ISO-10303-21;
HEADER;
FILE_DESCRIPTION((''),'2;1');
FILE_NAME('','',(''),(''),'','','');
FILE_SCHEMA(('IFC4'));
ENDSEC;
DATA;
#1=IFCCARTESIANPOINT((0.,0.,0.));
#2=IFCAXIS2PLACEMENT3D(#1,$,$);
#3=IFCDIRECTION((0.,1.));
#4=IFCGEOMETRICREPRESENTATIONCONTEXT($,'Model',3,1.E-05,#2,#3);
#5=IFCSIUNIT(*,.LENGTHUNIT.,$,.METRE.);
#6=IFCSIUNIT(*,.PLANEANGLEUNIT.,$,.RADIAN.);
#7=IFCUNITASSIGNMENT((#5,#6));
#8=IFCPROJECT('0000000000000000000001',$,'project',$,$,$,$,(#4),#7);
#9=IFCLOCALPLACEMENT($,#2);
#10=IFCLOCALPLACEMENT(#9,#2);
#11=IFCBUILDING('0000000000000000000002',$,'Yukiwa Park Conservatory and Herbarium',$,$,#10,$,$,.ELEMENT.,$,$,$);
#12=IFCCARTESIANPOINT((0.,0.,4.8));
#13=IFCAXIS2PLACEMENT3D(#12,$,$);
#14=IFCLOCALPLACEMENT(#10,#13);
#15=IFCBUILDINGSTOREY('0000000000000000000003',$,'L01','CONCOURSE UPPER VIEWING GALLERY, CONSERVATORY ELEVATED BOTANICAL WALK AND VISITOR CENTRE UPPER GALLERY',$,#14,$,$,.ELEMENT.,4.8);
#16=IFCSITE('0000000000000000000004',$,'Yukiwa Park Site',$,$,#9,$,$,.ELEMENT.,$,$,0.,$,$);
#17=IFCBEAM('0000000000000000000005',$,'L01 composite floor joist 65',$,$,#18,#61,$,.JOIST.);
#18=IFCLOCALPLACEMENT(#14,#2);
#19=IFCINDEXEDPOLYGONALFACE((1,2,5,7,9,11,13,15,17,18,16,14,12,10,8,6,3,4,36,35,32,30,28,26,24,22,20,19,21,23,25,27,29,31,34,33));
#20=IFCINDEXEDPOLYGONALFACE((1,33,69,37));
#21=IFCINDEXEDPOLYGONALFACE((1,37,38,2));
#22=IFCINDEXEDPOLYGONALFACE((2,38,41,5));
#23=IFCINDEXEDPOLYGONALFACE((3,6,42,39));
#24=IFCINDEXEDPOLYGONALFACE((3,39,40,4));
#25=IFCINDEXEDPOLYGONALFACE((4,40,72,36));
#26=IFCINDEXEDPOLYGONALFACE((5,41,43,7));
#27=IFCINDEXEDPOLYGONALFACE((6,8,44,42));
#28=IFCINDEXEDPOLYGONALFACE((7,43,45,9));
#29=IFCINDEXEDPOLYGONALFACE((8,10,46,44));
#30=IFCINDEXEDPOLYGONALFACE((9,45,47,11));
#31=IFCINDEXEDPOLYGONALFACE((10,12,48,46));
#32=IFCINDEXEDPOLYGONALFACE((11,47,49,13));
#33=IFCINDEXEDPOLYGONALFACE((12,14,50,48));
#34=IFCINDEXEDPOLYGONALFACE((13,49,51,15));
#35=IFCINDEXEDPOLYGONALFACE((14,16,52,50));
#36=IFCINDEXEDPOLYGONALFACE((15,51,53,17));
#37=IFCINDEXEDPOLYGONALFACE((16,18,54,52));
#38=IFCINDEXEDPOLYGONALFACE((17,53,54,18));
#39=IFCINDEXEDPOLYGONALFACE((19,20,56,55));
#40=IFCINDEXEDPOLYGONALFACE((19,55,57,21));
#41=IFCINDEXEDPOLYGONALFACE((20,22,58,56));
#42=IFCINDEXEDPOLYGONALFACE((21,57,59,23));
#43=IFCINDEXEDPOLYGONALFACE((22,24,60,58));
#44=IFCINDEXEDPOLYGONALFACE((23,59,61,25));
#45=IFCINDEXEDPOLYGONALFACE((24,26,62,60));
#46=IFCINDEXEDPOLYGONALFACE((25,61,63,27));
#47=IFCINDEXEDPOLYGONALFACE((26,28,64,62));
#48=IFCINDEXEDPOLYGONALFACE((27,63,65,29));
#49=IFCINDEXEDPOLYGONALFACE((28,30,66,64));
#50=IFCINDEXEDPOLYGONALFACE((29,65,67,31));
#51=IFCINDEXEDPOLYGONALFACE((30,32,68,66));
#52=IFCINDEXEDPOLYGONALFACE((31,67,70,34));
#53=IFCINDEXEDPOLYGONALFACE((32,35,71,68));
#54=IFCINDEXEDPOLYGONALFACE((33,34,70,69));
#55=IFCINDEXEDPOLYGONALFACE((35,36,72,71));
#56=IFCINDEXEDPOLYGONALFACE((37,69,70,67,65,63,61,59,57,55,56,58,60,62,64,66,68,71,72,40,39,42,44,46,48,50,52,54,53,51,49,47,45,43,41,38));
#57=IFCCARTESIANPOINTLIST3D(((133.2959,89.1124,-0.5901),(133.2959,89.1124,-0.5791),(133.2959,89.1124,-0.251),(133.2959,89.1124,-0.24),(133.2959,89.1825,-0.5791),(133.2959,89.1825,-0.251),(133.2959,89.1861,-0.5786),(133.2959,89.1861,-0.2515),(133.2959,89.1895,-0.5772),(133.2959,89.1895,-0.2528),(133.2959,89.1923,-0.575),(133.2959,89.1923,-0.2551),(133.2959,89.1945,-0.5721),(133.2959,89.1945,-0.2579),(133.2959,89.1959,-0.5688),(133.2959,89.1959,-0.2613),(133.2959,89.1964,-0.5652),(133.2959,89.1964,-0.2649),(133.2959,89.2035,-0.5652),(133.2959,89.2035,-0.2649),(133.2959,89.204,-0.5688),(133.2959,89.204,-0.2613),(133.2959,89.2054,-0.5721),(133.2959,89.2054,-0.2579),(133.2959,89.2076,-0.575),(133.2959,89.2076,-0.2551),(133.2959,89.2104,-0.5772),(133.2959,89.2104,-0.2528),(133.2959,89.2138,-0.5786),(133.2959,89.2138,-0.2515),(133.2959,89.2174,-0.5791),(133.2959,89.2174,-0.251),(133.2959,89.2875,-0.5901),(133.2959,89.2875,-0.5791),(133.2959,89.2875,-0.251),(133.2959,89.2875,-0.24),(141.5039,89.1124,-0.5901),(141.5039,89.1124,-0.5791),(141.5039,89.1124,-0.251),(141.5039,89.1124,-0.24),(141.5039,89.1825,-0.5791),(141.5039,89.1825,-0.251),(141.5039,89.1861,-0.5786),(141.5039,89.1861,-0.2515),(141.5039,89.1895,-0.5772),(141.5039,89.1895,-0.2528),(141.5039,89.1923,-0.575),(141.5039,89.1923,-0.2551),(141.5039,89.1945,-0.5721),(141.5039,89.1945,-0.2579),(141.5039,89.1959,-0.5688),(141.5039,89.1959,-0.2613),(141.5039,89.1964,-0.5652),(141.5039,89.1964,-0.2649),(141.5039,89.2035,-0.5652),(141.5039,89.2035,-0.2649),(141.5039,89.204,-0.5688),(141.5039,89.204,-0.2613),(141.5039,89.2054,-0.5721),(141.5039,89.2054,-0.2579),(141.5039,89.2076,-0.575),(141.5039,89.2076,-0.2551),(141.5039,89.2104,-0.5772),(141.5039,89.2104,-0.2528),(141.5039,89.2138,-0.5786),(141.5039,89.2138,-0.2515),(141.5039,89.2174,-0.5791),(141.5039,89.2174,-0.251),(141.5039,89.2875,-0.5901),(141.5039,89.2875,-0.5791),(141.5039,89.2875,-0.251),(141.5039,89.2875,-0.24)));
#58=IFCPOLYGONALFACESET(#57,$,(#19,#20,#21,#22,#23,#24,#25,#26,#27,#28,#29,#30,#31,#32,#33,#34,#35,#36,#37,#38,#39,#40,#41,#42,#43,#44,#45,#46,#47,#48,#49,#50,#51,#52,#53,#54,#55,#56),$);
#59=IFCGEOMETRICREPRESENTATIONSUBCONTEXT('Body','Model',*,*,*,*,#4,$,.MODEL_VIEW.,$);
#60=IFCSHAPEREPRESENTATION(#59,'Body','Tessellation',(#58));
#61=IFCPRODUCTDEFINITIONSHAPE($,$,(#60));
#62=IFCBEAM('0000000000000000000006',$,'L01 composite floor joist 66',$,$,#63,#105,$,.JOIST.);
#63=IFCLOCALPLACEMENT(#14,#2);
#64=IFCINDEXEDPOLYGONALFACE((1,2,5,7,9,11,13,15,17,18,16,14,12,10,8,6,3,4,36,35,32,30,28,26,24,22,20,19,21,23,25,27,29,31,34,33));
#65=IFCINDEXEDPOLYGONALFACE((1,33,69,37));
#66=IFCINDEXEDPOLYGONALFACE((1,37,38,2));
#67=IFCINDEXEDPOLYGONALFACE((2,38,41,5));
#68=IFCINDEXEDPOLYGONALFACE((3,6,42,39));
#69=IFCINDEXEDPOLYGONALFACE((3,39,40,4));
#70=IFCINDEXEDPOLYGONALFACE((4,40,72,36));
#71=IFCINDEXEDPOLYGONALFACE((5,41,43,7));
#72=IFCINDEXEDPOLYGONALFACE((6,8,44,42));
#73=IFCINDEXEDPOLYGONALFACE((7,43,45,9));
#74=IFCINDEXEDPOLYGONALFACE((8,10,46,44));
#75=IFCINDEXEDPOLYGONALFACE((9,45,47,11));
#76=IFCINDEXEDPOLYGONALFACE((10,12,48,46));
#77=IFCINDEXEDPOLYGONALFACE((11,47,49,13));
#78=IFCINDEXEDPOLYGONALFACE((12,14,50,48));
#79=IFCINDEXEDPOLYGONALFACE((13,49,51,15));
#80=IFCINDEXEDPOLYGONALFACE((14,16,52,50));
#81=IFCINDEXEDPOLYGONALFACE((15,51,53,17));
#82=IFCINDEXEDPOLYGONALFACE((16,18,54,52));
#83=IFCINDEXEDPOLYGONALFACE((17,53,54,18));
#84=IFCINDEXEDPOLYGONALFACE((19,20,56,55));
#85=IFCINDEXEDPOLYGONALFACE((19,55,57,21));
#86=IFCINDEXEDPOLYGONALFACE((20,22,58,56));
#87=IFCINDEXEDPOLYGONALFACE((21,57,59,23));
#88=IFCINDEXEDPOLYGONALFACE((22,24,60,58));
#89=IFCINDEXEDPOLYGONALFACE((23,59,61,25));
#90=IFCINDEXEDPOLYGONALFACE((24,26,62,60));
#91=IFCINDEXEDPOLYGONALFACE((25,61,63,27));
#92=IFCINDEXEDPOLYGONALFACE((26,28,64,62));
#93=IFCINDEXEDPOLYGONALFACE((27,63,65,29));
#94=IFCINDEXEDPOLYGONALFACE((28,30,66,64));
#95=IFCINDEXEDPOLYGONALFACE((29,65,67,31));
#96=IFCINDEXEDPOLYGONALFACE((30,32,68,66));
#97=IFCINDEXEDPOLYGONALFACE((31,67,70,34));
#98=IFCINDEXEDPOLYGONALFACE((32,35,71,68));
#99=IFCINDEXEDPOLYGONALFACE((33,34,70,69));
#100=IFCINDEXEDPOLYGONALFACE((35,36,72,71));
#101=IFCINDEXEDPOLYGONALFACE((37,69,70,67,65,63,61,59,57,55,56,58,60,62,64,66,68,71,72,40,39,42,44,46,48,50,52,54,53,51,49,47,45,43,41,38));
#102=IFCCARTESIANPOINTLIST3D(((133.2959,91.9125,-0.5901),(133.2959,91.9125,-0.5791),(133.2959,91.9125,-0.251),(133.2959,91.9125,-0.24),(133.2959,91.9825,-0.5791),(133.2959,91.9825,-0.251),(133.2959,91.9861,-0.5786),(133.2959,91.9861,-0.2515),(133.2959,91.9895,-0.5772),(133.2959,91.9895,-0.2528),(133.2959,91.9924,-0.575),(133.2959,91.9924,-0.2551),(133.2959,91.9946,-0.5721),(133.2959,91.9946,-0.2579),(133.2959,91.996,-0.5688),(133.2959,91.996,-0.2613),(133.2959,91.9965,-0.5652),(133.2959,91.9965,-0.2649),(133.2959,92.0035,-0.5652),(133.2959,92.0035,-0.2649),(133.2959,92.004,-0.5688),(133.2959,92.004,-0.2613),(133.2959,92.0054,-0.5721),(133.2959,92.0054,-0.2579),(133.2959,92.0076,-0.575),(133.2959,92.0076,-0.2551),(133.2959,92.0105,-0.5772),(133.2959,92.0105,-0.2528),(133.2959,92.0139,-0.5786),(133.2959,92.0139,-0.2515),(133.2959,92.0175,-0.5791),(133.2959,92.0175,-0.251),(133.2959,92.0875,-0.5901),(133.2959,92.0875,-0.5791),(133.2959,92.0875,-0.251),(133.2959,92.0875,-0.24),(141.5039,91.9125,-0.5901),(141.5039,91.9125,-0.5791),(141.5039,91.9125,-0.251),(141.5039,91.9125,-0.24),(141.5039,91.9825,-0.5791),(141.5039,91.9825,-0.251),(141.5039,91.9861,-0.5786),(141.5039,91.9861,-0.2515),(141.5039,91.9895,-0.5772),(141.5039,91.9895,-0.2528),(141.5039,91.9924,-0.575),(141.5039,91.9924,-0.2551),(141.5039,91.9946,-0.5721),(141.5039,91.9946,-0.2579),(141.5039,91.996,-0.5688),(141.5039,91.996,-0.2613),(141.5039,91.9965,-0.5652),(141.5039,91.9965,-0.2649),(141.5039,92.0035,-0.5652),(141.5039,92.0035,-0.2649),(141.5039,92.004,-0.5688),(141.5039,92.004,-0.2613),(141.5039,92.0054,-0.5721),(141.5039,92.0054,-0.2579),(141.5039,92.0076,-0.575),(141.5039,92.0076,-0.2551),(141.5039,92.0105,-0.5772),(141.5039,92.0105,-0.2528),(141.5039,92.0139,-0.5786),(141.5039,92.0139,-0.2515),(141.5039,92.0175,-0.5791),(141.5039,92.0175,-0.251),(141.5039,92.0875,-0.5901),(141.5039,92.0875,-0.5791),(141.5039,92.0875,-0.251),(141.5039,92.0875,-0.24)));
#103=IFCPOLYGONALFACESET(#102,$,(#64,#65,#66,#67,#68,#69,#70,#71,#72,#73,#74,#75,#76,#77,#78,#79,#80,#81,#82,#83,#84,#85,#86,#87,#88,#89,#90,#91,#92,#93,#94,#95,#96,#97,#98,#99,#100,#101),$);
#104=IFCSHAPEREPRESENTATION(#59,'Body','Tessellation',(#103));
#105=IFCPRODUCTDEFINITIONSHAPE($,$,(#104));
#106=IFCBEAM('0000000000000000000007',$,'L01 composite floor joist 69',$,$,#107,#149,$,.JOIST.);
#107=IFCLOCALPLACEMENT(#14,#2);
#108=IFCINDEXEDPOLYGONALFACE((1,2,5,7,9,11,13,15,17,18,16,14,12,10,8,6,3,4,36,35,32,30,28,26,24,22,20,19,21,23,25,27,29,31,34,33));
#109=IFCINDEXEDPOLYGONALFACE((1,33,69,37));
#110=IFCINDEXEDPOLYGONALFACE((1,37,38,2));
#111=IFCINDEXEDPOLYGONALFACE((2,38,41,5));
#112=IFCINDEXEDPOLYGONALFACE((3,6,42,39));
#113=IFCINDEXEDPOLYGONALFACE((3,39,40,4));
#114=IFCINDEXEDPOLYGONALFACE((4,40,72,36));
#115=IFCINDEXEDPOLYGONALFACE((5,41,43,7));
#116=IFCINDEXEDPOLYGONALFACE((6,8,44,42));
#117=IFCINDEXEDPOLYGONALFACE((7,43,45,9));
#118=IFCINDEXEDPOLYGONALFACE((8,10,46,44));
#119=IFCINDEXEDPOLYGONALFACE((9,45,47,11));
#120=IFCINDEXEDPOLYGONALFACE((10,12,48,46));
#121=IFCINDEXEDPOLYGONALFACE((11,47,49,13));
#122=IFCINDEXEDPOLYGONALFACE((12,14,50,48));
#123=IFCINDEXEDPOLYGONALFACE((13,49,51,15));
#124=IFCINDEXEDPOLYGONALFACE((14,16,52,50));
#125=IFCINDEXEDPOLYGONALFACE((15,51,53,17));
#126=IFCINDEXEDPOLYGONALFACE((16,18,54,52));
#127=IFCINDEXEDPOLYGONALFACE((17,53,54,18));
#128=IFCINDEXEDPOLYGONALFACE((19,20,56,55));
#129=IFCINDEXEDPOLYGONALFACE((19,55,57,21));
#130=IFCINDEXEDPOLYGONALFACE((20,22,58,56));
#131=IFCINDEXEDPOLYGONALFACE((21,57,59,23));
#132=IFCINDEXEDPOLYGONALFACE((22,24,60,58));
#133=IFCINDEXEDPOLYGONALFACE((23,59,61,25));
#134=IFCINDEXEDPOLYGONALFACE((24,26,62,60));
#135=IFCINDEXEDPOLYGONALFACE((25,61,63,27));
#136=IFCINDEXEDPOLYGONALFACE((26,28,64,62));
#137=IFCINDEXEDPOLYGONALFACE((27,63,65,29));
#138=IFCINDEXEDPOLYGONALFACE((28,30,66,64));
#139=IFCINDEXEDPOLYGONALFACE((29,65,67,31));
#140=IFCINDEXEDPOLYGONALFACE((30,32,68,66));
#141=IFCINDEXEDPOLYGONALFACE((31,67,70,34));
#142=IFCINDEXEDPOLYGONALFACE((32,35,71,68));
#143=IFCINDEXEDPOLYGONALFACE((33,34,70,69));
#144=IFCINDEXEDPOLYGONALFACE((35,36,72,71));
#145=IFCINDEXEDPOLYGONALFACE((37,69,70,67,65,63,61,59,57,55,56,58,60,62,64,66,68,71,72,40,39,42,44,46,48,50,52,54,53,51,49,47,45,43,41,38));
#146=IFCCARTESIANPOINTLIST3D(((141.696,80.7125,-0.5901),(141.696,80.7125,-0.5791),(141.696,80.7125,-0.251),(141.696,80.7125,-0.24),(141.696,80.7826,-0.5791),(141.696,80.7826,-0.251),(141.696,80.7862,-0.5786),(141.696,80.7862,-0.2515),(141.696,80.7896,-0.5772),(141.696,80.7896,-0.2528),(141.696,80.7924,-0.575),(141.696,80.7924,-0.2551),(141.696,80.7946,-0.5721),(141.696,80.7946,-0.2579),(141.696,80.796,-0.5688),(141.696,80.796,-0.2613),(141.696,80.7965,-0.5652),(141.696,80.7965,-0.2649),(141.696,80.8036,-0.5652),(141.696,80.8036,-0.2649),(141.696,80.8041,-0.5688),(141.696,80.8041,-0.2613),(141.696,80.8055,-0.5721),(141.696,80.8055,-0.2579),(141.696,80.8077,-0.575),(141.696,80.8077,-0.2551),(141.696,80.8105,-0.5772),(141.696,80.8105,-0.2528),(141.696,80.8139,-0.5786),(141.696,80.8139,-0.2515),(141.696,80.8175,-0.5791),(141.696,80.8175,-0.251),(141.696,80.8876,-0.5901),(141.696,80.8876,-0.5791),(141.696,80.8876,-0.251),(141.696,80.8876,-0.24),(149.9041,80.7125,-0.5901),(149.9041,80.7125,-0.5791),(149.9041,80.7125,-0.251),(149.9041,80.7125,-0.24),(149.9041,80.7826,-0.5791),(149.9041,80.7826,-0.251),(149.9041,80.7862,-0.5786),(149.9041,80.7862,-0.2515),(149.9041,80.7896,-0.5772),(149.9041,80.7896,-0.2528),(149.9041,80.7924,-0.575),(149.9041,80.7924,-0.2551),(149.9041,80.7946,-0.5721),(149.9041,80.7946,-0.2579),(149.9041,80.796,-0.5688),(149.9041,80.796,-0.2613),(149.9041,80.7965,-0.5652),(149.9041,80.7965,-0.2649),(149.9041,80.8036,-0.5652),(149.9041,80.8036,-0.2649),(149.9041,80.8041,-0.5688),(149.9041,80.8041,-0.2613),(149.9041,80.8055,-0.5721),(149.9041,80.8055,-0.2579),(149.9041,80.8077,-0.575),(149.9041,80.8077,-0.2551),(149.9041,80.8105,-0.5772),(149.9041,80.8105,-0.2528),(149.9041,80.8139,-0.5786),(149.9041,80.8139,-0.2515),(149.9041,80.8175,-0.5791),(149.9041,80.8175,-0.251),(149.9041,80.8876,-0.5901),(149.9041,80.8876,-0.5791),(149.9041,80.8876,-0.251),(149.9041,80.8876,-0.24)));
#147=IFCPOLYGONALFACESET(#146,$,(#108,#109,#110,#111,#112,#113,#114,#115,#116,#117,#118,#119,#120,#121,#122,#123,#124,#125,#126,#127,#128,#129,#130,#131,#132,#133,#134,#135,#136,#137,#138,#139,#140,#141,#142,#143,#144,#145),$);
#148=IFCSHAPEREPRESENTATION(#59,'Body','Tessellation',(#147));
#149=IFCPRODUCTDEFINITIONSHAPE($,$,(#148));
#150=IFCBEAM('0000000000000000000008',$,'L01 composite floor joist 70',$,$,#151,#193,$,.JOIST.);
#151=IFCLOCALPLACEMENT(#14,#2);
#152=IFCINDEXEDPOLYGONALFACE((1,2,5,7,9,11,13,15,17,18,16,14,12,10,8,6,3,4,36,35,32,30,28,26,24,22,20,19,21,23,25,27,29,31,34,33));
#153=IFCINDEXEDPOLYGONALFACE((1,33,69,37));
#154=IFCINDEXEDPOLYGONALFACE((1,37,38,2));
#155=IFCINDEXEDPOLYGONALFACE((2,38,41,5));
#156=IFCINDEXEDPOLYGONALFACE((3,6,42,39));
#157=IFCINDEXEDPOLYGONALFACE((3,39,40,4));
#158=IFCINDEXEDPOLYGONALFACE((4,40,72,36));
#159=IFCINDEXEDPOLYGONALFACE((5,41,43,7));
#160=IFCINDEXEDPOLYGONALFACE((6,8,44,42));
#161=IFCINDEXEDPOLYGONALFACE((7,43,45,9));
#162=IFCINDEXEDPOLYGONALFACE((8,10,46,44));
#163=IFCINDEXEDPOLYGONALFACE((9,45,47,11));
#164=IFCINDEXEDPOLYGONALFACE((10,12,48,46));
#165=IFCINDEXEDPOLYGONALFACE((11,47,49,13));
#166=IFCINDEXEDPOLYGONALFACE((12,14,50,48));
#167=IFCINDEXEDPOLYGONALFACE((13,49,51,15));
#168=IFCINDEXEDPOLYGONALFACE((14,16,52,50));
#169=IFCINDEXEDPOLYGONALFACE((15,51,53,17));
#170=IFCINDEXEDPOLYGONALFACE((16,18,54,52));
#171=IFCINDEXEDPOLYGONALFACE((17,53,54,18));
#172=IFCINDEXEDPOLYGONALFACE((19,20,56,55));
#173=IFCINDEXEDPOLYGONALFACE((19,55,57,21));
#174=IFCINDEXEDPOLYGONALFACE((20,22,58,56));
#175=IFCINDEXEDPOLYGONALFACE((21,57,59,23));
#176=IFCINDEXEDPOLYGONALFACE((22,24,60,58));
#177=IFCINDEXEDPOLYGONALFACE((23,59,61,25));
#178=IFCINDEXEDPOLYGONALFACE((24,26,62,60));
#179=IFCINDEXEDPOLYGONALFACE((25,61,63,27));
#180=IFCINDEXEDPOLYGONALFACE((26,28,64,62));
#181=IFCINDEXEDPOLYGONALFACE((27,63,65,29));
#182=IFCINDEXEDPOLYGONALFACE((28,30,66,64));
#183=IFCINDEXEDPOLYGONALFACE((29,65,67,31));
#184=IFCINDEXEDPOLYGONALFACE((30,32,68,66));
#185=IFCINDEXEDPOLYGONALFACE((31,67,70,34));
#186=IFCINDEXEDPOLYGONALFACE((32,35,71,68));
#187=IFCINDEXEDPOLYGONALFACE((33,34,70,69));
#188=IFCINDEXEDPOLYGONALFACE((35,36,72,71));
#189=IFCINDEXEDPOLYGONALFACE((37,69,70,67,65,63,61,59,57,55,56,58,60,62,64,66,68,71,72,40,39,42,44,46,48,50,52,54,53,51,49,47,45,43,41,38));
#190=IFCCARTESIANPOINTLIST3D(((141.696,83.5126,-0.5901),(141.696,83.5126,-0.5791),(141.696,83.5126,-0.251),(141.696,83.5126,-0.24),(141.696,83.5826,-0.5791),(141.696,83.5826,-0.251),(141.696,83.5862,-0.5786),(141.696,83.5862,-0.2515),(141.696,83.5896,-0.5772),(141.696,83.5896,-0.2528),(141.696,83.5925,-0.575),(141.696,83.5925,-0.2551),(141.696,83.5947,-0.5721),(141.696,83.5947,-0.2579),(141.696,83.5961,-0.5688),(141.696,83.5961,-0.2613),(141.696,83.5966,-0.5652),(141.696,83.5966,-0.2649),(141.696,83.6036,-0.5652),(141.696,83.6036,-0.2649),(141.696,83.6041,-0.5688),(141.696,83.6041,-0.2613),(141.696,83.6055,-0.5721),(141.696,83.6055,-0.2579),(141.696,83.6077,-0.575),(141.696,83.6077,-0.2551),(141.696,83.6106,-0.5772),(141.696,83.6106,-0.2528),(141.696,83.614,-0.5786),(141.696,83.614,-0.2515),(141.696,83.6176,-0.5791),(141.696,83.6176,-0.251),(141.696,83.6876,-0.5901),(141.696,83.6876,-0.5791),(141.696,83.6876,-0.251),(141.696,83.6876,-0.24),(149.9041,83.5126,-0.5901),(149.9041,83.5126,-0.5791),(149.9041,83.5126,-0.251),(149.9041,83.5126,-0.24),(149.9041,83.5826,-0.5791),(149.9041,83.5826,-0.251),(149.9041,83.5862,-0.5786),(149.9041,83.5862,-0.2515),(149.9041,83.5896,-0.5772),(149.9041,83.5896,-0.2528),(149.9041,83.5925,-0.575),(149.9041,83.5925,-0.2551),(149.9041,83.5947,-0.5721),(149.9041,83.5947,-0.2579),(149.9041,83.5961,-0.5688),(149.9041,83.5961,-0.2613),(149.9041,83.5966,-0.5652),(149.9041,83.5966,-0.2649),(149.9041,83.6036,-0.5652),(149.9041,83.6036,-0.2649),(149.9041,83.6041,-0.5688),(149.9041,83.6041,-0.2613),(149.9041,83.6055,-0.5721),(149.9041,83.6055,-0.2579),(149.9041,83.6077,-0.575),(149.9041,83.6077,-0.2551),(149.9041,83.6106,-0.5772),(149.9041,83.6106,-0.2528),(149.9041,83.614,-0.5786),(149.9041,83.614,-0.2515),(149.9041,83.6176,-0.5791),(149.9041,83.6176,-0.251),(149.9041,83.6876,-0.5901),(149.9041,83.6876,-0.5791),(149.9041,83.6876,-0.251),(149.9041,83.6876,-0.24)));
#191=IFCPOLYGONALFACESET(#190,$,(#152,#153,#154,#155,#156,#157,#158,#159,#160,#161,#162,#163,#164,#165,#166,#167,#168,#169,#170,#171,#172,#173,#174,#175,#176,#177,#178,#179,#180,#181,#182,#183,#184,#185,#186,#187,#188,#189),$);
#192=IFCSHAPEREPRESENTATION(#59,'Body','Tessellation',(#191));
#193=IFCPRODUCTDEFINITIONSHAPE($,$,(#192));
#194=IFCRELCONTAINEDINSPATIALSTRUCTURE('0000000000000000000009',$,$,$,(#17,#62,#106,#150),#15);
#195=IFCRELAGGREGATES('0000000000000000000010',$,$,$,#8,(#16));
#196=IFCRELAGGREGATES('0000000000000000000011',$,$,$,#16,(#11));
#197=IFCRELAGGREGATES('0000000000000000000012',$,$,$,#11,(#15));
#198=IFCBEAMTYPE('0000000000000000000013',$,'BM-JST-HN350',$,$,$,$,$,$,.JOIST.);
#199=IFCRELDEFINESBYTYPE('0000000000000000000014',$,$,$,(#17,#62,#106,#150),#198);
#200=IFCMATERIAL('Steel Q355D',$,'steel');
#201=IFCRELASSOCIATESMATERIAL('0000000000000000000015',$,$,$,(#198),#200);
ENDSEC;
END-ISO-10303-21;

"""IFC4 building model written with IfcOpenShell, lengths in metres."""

from ifc_helpers import new_model, si_unit, direction, frame, origin, origin_2d, place, context, subcontext, project, spatial, i_section, extrude, material, material_profile, profile_set, type_object, element, save


model = new_model("IFC4")

# Units and contexts
model_context = context("Model", 3, precision=1e-05, world=origin(), true_north=direction((0.0, 1.0)))
body_context = subcontext(model_context, "Body", "Model", "MODEL_VIEW")
ifc_project = project(units=[si_unit("LENGTHUNIT", "METRE"), si_unit("PLANEANGLEUNIT", "RADIAN")], contexts=[model_context])

# Site, building, storey
site_placement = place(None, origin())
site = spatial("IfcSite", under=ifc_project, at=site_placement, Name="Yukiwa Park Site", CompositionType="ELEMENT", RefElevation=0.0)
building_placement = place(site_placement, origin())
building = spatial("IfcBuilding", under=site, at=building_placement, Name="Yukiwa Park Conservatory and Herbarium", CompositionType="ELEMENT")
storey_placement = place(building_placement, frame((0.0, 0.0, 4.8)))
storey = spatial("IfcBuildingStorey", under=building, at=storey_placement, Name="L01", Description="CONCOURSE UPPER VIEWING GALLERY, CONSERVATORY ELEVATED BOTANICAL WALK AND VISITOR CENTRE UPPER GALLERY", CompositionType="ELEMENT", Elevation=4.8)

# Beams
ifc_material_1 = material(Name="Steel Q355D", Category="steel")
ifc_material_profile_1 = material_profile(ifc_material_1, i_section(OverallWidth=0.175, OverallDepth=0.3501, WebThickness=0.0071, FlangeThickness=0.011, FilletRadius=0.0139, at=origin_2d()), Name="HN 350x175x7x11")
ifc_profile_set_1 = profile_set([ifc_material_profile_1], Name="Steel Q355D")
beam_type_1 = type_object("IfcBeamType", Name="BM-JST-HN350", PredefinedType="JOIST", material=ifc_profile_set_1)
for number, where, z_axis, x_axis, name in (
    (1, (133.2959, 89.2, -0.415), (1.0, 0.0, 0.0), (0.0, 1.0, 0.0), "L01 composite floor joist 65"),
    (2, (133.2959, 92.0, -0.415), (1.0, 0.0, 0.0), (0.0, 1.0, 0.0), "L01 composite floor joist 66"),
    (3, (141.696, 80.8, -0.415), (1.0, 0.0, 0.0), (0.0, 1.0, 0.0), "L01 composite floor joist 69"),
    (4, (141.696, 83.6001, -0.415), (1.0, 0.0, 0.0), (0.0, 1.0, 0.0), "L01 composite floor joist 70"),
):
    element("IfcBeam", number, at=place(storey_placement, frame(where, z_axis=z_axis, x_axis=x_axis)), inside=storey, type_object=beam_type_1, Name=name, PredefinedType="JOIST", context=body_context, shape_type="SweptSolid", body=[
        extrude(i_section(OverallWidth=0.175, OverallDepth=0.3501, WebThickness=0.0071, FlangeThickness=0.011, FilletRadius=0.0139, at=origin_2d()), origin(), (0.0, 0.0, 1.0), 8.208),
    ])

save(model, "model.ifc")
